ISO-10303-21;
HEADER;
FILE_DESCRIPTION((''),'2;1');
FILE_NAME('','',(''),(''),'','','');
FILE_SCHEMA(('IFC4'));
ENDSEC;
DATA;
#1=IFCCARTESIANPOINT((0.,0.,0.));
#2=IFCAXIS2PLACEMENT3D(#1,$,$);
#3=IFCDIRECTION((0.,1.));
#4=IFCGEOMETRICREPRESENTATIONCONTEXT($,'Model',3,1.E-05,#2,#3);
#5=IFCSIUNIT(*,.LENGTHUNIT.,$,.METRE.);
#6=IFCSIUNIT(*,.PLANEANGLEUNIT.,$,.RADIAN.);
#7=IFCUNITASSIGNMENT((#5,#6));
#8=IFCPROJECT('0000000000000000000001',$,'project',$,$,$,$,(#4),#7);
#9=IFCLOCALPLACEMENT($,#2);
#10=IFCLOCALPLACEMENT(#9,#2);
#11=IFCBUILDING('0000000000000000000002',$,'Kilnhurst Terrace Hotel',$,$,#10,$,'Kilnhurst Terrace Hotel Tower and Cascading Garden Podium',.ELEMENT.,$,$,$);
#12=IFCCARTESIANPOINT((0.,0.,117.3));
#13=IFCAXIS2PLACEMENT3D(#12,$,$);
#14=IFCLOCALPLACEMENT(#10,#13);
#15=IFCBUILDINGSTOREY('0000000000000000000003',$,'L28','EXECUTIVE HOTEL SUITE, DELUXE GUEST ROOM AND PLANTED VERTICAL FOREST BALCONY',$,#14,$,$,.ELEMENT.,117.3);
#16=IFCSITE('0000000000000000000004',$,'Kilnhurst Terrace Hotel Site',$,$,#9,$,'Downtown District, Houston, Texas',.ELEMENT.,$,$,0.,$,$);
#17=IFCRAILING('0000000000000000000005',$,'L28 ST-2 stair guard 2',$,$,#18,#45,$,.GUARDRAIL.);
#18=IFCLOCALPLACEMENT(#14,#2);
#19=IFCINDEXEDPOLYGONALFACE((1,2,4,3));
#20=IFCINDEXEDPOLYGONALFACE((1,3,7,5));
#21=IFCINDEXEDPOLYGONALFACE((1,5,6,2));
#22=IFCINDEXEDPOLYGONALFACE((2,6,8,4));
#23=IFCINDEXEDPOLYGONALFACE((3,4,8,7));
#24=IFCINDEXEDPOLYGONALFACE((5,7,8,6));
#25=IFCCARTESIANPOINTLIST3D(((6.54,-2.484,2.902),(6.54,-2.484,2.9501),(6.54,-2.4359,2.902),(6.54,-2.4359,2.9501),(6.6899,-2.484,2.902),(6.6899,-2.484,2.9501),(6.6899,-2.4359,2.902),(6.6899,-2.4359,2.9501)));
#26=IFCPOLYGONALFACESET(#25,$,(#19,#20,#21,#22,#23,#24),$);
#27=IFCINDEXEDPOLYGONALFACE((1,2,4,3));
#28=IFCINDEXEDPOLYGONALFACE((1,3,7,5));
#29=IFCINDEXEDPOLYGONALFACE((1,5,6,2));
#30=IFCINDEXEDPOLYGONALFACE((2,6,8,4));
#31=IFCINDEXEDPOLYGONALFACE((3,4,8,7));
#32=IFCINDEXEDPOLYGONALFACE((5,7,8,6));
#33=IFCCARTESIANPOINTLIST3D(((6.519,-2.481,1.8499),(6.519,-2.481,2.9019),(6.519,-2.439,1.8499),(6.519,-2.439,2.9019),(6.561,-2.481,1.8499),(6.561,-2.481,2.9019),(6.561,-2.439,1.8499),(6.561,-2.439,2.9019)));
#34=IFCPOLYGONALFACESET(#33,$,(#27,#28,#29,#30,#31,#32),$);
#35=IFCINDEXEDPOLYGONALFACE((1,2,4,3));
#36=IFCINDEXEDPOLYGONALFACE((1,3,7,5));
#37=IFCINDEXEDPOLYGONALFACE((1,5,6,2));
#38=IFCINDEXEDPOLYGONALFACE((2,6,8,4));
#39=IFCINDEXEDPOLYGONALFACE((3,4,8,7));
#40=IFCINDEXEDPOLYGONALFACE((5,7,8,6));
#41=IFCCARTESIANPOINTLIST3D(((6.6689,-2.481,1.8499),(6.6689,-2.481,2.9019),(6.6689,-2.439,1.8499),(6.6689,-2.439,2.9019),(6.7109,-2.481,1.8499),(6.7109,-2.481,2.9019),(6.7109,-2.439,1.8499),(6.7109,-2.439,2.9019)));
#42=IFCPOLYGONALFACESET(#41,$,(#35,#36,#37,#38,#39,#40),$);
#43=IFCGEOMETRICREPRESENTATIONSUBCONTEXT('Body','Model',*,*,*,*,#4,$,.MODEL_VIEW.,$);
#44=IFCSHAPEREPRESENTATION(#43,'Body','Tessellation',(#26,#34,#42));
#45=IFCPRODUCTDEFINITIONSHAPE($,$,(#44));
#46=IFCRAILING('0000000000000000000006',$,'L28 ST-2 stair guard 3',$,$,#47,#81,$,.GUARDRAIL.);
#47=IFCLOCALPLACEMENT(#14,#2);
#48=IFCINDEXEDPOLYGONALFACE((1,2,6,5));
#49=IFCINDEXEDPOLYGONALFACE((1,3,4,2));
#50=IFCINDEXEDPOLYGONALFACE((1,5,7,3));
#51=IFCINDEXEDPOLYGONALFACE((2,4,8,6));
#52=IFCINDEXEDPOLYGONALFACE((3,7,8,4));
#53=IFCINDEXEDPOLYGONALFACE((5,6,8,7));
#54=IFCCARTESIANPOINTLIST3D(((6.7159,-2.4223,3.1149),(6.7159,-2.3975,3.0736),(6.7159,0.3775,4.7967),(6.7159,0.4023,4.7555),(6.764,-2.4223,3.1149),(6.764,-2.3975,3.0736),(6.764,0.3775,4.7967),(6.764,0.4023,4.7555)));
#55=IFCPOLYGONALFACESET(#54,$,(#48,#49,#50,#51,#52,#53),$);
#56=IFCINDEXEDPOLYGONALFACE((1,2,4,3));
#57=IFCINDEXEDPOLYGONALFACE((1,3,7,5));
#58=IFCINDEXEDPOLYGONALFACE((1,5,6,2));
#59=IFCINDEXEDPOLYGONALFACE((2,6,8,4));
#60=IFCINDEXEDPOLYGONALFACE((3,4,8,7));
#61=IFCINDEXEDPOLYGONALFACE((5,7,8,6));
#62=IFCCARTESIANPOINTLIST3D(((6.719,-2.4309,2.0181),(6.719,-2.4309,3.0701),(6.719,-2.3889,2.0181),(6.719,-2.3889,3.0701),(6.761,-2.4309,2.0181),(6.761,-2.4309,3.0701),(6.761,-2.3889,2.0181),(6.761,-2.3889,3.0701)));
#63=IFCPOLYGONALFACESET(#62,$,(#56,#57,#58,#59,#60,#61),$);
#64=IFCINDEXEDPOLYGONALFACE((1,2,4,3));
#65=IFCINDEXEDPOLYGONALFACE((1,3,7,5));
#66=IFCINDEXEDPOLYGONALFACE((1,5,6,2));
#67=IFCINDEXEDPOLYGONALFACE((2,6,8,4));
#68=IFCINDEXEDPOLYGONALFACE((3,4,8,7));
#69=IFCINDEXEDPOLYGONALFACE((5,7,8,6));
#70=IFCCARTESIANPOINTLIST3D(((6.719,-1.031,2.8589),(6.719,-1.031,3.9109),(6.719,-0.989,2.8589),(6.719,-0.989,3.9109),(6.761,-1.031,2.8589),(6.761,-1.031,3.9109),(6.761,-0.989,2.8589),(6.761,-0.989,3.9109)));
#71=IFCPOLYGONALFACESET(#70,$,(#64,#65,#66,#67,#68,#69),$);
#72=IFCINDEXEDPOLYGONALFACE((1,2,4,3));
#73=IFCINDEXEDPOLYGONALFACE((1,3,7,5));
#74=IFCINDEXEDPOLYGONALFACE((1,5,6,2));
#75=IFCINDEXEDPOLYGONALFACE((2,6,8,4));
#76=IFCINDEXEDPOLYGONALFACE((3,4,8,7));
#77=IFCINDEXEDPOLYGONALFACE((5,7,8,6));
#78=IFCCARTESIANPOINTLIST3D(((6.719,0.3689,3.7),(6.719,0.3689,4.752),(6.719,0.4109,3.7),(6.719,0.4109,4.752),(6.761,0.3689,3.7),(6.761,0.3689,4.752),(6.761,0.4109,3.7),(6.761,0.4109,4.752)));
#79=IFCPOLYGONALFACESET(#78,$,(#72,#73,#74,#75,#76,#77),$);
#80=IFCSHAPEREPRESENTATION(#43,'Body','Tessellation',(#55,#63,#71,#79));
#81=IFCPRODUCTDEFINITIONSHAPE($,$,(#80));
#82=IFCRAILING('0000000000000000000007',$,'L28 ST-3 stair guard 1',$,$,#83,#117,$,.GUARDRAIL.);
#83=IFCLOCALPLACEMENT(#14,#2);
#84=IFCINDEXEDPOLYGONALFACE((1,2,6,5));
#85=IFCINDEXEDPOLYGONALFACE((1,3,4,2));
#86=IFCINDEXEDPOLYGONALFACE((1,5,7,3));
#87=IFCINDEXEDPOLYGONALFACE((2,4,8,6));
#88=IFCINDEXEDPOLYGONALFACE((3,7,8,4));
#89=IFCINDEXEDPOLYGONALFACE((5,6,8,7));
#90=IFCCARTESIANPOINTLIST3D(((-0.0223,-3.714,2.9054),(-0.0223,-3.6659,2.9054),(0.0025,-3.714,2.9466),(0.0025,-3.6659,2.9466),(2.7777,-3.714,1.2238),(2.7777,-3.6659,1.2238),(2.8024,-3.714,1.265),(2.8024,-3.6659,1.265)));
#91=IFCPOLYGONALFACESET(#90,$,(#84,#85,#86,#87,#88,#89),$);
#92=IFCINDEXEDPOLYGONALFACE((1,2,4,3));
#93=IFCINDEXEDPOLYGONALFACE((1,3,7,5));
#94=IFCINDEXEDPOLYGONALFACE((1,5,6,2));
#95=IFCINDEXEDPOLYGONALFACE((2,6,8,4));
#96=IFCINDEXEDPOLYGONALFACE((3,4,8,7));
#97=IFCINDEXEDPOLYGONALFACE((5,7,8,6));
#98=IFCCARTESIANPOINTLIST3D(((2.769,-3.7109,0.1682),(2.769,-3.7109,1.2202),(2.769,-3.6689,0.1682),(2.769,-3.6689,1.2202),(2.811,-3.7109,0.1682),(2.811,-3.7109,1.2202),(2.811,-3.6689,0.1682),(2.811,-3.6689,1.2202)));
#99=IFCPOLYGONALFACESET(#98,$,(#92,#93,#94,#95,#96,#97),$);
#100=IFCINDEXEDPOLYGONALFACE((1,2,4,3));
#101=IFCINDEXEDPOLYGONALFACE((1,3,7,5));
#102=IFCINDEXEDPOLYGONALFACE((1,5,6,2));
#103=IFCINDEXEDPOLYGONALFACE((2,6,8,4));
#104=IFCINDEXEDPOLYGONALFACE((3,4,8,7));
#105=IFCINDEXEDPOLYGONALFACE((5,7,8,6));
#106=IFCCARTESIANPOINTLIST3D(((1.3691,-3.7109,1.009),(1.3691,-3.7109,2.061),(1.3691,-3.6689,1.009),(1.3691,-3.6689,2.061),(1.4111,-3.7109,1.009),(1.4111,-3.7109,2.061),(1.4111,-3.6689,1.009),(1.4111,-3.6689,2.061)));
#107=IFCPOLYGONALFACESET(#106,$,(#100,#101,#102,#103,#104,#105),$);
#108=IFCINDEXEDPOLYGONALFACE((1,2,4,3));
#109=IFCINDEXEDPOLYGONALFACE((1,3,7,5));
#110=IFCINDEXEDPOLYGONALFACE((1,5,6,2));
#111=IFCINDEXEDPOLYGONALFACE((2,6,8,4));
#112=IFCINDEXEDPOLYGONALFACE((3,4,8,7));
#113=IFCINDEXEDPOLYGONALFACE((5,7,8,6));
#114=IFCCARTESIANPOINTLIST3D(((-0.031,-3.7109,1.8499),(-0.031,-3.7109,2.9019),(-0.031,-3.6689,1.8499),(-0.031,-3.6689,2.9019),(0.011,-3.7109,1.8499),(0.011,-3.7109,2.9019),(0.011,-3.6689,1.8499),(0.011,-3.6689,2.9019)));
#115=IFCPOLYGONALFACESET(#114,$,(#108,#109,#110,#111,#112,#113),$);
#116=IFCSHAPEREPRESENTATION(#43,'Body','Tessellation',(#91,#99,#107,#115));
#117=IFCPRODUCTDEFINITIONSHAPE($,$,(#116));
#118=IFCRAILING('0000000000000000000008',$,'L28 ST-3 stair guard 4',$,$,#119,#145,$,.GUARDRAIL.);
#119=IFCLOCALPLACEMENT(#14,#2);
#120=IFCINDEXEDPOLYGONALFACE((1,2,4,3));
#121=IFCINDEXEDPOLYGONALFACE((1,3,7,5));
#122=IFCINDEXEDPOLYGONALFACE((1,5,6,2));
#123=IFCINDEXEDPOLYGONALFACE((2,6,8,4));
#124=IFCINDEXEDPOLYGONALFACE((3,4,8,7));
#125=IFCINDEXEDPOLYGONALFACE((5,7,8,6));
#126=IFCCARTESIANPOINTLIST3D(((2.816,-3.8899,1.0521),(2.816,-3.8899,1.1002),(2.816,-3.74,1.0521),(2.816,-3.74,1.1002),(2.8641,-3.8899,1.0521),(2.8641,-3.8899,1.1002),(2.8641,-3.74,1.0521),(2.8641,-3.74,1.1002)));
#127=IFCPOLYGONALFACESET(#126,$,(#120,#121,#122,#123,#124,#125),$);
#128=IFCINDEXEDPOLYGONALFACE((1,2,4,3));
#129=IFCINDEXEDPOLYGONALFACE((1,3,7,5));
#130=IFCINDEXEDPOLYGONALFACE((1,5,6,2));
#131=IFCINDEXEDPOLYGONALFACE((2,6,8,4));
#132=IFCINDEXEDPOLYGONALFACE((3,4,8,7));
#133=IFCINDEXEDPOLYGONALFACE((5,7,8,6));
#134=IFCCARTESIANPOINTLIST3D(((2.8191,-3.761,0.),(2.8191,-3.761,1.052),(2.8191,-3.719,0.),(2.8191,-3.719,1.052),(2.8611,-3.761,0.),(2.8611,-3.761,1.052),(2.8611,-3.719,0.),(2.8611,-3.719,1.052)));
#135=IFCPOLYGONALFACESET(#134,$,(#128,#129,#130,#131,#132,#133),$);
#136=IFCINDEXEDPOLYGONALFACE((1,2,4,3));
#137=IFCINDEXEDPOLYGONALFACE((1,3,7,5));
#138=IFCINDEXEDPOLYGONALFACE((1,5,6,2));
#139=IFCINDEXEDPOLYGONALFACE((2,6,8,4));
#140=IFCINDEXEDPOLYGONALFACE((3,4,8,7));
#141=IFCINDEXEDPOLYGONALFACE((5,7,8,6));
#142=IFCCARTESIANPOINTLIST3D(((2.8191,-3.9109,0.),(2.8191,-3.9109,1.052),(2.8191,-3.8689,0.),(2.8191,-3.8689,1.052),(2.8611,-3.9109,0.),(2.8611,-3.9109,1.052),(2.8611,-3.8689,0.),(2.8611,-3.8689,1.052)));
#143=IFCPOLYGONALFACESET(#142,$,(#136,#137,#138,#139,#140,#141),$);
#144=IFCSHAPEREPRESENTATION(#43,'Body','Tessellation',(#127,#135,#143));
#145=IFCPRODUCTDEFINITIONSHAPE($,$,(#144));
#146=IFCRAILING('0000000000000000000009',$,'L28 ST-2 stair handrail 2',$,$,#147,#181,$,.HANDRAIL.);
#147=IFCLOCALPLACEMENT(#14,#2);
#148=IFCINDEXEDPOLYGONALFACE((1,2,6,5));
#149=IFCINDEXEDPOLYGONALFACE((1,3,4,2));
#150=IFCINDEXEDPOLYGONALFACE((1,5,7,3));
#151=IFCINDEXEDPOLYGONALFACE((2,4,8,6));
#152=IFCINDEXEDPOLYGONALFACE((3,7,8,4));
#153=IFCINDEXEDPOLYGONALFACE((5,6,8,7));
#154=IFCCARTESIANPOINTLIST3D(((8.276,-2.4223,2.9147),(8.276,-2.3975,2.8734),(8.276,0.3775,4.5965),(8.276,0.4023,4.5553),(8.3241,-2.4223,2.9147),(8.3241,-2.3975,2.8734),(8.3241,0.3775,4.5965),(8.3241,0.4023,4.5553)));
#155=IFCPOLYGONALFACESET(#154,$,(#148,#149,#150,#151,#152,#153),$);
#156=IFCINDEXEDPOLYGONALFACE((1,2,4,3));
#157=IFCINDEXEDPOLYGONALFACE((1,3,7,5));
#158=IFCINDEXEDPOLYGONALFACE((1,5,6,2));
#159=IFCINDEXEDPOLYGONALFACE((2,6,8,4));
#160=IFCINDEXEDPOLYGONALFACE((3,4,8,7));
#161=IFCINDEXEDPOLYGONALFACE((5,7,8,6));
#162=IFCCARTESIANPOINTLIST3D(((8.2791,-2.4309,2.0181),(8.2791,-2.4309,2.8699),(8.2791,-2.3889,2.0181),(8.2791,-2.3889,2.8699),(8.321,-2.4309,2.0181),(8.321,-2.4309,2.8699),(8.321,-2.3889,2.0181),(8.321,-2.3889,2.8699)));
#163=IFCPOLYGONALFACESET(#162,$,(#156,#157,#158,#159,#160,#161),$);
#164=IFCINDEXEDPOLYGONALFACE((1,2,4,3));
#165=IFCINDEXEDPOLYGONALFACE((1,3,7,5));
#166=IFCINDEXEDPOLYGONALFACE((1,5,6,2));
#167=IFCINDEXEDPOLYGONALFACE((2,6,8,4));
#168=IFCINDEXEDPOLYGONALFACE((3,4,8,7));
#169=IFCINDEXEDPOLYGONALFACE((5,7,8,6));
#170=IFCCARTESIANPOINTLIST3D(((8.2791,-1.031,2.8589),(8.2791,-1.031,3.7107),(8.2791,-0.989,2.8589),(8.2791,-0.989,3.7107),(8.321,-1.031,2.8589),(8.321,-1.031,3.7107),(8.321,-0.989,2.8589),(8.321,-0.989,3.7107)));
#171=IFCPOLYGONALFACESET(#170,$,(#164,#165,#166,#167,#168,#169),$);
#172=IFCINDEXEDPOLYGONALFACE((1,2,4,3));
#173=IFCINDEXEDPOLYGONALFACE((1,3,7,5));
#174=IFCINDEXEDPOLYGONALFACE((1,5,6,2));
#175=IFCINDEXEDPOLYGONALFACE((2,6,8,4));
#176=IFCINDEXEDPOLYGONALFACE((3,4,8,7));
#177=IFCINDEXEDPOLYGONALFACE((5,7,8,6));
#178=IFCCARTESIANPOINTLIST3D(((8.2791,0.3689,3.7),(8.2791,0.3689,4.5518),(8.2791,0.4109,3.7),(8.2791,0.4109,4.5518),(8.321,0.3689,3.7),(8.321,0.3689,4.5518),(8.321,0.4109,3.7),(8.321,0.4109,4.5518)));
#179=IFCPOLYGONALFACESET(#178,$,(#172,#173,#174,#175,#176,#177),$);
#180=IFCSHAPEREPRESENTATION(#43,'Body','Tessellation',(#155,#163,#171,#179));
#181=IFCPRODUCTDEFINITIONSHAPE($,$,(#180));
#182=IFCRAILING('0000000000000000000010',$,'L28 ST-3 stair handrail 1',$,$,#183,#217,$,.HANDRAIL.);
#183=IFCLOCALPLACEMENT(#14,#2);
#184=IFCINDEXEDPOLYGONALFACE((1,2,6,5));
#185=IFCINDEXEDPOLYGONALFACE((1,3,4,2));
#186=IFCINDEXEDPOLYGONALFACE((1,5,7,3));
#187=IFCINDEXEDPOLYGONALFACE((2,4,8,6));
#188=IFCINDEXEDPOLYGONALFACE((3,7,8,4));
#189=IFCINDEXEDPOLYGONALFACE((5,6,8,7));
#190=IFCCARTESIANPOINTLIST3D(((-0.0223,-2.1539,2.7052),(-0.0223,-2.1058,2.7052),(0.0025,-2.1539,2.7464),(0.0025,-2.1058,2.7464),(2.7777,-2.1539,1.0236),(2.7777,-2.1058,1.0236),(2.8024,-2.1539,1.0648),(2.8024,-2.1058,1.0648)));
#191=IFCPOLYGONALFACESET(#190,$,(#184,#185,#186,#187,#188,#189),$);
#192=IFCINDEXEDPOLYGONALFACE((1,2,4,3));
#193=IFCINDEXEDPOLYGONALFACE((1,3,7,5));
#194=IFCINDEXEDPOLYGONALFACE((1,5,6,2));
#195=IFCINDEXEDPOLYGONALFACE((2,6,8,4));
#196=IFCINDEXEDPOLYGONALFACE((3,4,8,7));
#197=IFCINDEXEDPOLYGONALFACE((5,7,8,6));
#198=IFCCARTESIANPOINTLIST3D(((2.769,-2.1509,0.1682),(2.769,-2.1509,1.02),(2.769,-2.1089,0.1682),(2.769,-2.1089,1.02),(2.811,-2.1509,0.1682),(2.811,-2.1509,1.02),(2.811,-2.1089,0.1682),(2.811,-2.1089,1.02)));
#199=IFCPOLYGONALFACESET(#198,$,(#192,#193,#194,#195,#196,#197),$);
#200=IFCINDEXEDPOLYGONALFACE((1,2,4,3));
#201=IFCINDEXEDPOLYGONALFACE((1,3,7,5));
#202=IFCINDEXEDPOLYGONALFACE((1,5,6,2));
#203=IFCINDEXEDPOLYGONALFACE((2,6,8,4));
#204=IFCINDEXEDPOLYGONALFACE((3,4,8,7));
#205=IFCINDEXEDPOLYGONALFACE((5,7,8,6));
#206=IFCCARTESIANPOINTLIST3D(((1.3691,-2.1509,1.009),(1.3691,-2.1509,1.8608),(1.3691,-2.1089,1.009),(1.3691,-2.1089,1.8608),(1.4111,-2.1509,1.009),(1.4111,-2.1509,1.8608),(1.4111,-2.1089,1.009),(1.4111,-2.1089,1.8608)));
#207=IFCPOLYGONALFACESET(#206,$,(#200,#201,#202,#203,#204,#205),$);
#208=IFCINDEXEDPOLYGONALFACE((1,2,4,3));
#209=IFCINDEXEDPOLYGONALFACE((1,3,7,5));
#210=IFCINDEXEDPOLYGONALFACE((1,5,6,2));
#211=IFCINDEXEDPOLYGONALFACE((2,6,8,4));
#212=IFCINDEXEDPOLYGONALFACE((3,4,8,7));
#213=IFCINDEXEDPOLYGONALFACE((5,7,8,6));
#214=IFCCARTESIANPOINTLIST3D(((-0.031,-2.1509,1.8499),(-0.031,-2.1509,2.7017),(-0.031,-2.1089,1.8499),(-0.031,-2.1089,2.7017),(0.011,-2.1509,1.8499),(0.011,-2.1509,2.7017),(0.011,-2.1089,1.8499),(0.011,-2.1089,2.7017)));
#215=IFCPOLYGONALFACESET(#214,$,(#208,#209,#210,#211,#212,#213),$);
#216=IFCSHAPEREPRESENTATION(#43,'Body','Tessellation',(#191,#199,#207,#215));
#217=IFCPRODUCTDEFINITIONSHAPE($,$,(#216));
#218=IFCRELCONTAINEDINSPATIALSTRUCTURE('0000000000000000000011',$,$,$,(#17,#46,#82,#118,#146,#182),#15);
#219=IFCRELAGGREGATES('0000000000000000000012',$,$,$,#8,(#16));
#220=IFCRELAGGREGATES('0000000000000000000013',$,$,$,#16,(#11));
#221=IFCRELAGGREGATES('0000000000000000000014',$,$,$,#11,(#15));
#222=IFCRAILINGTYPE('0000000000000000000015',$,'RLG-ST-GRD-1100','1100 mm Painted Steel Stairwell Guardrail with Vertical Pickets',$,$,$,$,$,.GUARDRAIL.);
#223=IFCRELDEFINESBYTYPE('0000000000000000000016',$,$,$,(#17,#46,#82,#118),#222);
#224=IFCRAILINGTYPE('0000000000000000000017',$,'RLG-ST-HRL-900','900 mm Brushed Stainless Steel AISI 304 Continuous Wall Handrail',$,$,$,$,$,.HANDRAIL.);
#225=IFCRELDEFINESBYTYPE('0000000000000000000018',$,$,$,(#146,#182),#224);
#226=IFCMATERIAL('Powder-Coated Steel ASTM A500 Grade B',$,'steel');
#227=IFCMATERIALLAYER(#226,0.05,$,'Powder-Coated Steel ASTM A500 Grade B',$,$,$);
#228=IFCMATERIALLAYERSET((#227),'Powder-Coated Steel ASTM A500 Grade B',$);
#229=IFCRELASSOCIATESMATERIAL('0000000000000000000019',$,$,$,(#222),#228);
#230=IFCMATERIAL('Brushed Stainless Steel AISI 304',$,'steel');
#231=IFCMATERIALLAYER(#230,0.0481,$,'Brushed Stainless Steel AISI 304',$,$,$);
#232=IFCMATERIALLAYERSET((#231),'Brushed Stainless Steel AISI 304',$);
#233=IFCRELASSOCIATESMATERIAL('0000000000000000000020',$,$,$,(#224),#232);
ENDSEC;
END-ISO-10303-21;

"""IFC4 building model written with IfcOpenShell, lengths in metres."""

from ifc_helpers import new_model, si_unit, direction, frame, origin, origin_2d, place, context, subcontext, project, spatial, rectangle, extrude, material, layer, layer_set, type_object, element, save


model = new_model("IFC4")

# Units and contexts
model_context = context("Model", 3, precision=1e-05, world=origin(), true_north=direction((0.0, 1.0)))
body_context = subcontext(model_context, "Body", "Model", "MODEL_VIEW")
ifc_project = project(units=[si_unit("LENGTHUNIT", "METRE"), si_unit("PLANEANGLEUNIT", "RADIAN")], contexts=[model_context])

# Site, building, storey
site_placement = place(None, origin())
site = spatial("IfcSite", under=ifc_project, at=site_placement, Name="Kilnhurst Terrace Hotel Site", LongName="Downtown District, Houston, Texas", CompositionType="ELEMENT", RefElevation=0.0)
building_placement = place(site_placement, origin())
building = spatial("IfcBuilding", under=site, at=building_placement, Name="Kilnhurst Terrace Hotel", LongName="Kilnhurst Terrace Hotel Tower and Cascading Garden Podium", CompositionType="ELEMENT")
storey_placement = place(building_placement, frame((0.0, 0.0, 117.3)))
storey = spatial("IfcBuildingStorey", under=building, at=storey_placement, Name="L28", Description="EXECUTIVE HOTEL SUITE, DELUXE GUEST ROOM AND PLANTED VERTICAL FOREST BALCONY", CompositionType="ELEMENT", Elevation=117.3)

# Railings
ifc_material_1 = material(Name="Powder-Coated Steel ASTM A500 Grade B", Category="steel")
ifc_layer_1 = layer(ifc_material_1, 0.05, Name="Powder-Coated Steel ASTM A500 Grade B")
ifc_layer_set_1 = layer_set([ifc_layer_1], Name="Powder-Coated Steel ASTM A500 Grade B")
railing_type_1 = type_object("IfcRailingType", Name="RLG-ST-GRD-1100", Description="1100 mm Painted Steel Stairwell Guardrail with Vertical Pickets", PredefinedType="GUARDRAIL", material=ifc_layer_set_1)
railing_1_placement = place(storey_placement, frame((6.54, -2.46, 1.8499)))
element("IfcRailing", 1, at=railing_1_placement, inside=storey, type_object=railing_type_1, Name="L28 ST-2 stair guard 2", PredefinedType="GUARDRAIL", context=body_context, shape_type="SweptSolid", body=[
    extrude(rectangle(XDim=0.0481, YDim=0.0481, at=origin_2d()), frame((0.0, 0.0, 1.0762), z_axis=(1.0, 0.0, 0.0), x_axis=(0.0, 1.0, 0.0)), (0.0, 0.0, 1.0), 0.1499),
    extrude(rectangle(XDim=0.042, YDim=0.042, at=origin_2d()), origin(), (0.0, 0.0, 1.0), 1.052),
    extrude(rectangle(XDim=0.042, YDim=0.042, at=origin_2d()), frame((0.1499, 0.0, 0.0)), (0.0, 0.0, 1.0), 1.052),
])
railing_2_placement = place(storey_placement, frame((6.74, -2.4099, 2.0181)))
element("IfcRailing", 2, at=railing_2_placement, inside=storey, type_object=railing_type_1, Name="L28 ST-2 stair guard 3", PredefinedType="GUARDRAIL", context=body_context, shape_type="SweptSolid", body=[
    extrude(rectangle(XDim=0.0481, YDim=0.0481, at=origin_2d()), frame((0.0, 0.0, 1.0762), z_axis=(0.0, 0.857222, 0.514946), x_axis=(-1.0, 0.0, 0.0)), (0.0, 0.0, 1.0), 3.2661),
    extrude(rectangle(XDim=0.042, YDim=0.042, at=origin_2d()), origin(), (0.0, 0.0, 1.0), 1.052),
    extrude(rectangle(XDim=0.042, YDim=0.042, at=origin_2d()), frame((0.0, 1.3999, 0.8408)), (0.0, 0.0, 1.0), 1.052),
    extrude(rectangle(XDim=0.042, YDim=0.042, at=origin_2d()), frame((0.0, 2.7998, 1.6819)), (0.0, 0.0, 1.0), 1.052),
])
railing_3_placement = place(storey_placement, frame((2.79, -3.6899, 0.1682)))
element("IfcRailing", 3, at=railing_3_placement, inside=storey, type_object=railing_type_1, Name="L28 ST-3 stair guard 1", PredefinedType="GUARDRAIL", context=body_context, shape_type="SweptSolid", body=[
    extrude(rectangle(XDim=0.0481, YDim=0.0481, at=origin_2d()), frame((0.0, 0.0, 1.0762), z_axis=(-0.857275, 0.0, 0.514858), x_axis=(0.0, -1.0, 0.0)), (0.0, 0.0, 1.0), 3.2661),
    extrude(rectangle(XDim=0.042, YDim=0.042, at=origin_2d()), origin(), (0.0, 0.0, 1.0), 1.052),
    extrude(rectangle(XDim=0.042, YDim=0.042, at=origin_2d()), frame((-1.3999, 0.0, 0.8408)), (0.0, 0.0, 1.0), 1.052),
    extrude(rectangle(XDim=0.042, YDim=0.042, at=origin_2d()), frame((-2.8, 0.0, 1.6816)), (0.0, 0.0, 1.0), 1.052),
])
railing_4_placement = place(storey_placement, frame((2.8401, -3.74, 0.0)))
element("IfcRailing", 4, at=railing_4_placement, inside=storey, type_object=railing_type_1, Name="L28 ST-3 stair guard 4", PredefinedType="GUARDRAIL", context=body_context, shape_type="SweptSolid", body=[
    extrude(rectangle(XDim=0.0481, YDim=0.0481, at=origin_2d()), frame((0.0, 0.0, 1.0762), z_axis=(0.0, -1.0, 0.0), x_axis=(1.0, 0.0, 0.0)), (0.0, 0.0, 1.0), 0.1499),
    extrude(rectangle(XDim=0.042, YDim=0.042, at=origin_2d()), origin(), (0.0, 0.0, 1.0), 1.052),
    extrude(rectangle(XDim=0.042, YDim=0.042, at=origin_2d()), frame((0.0, -0.1499, 0.0)), (0.0, 0.0, 1.0), 1.052),
])
ifc_material_2 = material(Name="Brushed Stainless Steel AISI 304", Category="steel")
ifc_layer_2 = layer(ifc_material_2, 0.0481, Name="Brushed Stainless Steel AISI 304")
ifc_layer_set_2 = layer_set([ifc_layer_2], Name="Brushed Stainless Steel AISI 304")
railing_type_2 = type_object("IfcRailingType", Name="RLG-ST-HRL-900", Description="900 mm Brushed Stainless Steel AISI 304 Continuous Wall Handrail", PredefinedType="HANDRAIL", material=ifc_layer_set_2)
railing_5_placement = place(storey_placement, frame((8.3, -2.4099, 2.0181)))
element("IfcRailing", 5, at=railing_5_placement, inside=storey, type_object=railing_type_2, Name="L28 ST-2 stair handrail 2", PredefinedType="HANDRAIL", context=body_context, shape_type="SweptSolid", body=[
    extrude(rectangle(XDim=0.0481, YDim=0.0481, at=origin_2d()), frame((0.0, 0.0, 0.876), z_axis=(0.0, 0.857222, 0.514946), x_axis=(-1.0, 0.0, 0.0)), (0.0, 0.0, 1.0), 3.2661),
    extrude(rectangle(XDim=0.042, YDim=0.042, at=origin_2d()), origin(), (0.0, 0.0, 1.0), 0.8518),
    extrude(rectangle(XDim=0.042, YDim=0.042, at=origin_2d()), frame((0.0, 1.3999, 0.8408)), (0.0, 0.0, 1.0), 0.8518),
    extrude(rectangle(XDim=0.042, YDim=0.042, at=origin_2d()), frame((0.0, 2.7998, 1.6819)), (0.0, 0.0, 1.0), 0.8518),
])
railing_6_placement = place(storey_placement, frame((2.79, -2.1299, 0.1682)))
element("IfcRailing", 6, at=railing_6_placement, inside=storey, type_object=railing_type_2, Name="L28 ST-3 stair handrail 1", PredefinedType="HANDRAIL", context=body_context, shape_type="SweptSolid", body=[
    extrude(rectangle(XDim=0.0481, YDim=0.0481, at=origin_2d()), frame((0.0, 0.0, 0.876), z_axis=(-0.857275, 0.0, 0.514858), x_axis=(0.0, -1.0, 0.0)), (0.0, 0.0, 1.0), 3.2661),
    extrude(rectangle(XDim=0.042, YDim=0.042, at=origin_2d()), origin(), (0.0, 0.0, 1.0), 0.8518),
    extrude(rectangle(XDim=0.042, YDim=0.042, at=origin_2d()), frame((-1.3999, 0.0, 0.8408)), (0.0, 0.0, 1.0), 0.8518),
    extrude(rectangle(XDim=0.042, YDim=0.042, at=origin_2d()), frame((-2.8, 0.0, 1.6816)), (0.0, 0.0, 1.0), 0.8518),
])

save(model, "model.ifc")
